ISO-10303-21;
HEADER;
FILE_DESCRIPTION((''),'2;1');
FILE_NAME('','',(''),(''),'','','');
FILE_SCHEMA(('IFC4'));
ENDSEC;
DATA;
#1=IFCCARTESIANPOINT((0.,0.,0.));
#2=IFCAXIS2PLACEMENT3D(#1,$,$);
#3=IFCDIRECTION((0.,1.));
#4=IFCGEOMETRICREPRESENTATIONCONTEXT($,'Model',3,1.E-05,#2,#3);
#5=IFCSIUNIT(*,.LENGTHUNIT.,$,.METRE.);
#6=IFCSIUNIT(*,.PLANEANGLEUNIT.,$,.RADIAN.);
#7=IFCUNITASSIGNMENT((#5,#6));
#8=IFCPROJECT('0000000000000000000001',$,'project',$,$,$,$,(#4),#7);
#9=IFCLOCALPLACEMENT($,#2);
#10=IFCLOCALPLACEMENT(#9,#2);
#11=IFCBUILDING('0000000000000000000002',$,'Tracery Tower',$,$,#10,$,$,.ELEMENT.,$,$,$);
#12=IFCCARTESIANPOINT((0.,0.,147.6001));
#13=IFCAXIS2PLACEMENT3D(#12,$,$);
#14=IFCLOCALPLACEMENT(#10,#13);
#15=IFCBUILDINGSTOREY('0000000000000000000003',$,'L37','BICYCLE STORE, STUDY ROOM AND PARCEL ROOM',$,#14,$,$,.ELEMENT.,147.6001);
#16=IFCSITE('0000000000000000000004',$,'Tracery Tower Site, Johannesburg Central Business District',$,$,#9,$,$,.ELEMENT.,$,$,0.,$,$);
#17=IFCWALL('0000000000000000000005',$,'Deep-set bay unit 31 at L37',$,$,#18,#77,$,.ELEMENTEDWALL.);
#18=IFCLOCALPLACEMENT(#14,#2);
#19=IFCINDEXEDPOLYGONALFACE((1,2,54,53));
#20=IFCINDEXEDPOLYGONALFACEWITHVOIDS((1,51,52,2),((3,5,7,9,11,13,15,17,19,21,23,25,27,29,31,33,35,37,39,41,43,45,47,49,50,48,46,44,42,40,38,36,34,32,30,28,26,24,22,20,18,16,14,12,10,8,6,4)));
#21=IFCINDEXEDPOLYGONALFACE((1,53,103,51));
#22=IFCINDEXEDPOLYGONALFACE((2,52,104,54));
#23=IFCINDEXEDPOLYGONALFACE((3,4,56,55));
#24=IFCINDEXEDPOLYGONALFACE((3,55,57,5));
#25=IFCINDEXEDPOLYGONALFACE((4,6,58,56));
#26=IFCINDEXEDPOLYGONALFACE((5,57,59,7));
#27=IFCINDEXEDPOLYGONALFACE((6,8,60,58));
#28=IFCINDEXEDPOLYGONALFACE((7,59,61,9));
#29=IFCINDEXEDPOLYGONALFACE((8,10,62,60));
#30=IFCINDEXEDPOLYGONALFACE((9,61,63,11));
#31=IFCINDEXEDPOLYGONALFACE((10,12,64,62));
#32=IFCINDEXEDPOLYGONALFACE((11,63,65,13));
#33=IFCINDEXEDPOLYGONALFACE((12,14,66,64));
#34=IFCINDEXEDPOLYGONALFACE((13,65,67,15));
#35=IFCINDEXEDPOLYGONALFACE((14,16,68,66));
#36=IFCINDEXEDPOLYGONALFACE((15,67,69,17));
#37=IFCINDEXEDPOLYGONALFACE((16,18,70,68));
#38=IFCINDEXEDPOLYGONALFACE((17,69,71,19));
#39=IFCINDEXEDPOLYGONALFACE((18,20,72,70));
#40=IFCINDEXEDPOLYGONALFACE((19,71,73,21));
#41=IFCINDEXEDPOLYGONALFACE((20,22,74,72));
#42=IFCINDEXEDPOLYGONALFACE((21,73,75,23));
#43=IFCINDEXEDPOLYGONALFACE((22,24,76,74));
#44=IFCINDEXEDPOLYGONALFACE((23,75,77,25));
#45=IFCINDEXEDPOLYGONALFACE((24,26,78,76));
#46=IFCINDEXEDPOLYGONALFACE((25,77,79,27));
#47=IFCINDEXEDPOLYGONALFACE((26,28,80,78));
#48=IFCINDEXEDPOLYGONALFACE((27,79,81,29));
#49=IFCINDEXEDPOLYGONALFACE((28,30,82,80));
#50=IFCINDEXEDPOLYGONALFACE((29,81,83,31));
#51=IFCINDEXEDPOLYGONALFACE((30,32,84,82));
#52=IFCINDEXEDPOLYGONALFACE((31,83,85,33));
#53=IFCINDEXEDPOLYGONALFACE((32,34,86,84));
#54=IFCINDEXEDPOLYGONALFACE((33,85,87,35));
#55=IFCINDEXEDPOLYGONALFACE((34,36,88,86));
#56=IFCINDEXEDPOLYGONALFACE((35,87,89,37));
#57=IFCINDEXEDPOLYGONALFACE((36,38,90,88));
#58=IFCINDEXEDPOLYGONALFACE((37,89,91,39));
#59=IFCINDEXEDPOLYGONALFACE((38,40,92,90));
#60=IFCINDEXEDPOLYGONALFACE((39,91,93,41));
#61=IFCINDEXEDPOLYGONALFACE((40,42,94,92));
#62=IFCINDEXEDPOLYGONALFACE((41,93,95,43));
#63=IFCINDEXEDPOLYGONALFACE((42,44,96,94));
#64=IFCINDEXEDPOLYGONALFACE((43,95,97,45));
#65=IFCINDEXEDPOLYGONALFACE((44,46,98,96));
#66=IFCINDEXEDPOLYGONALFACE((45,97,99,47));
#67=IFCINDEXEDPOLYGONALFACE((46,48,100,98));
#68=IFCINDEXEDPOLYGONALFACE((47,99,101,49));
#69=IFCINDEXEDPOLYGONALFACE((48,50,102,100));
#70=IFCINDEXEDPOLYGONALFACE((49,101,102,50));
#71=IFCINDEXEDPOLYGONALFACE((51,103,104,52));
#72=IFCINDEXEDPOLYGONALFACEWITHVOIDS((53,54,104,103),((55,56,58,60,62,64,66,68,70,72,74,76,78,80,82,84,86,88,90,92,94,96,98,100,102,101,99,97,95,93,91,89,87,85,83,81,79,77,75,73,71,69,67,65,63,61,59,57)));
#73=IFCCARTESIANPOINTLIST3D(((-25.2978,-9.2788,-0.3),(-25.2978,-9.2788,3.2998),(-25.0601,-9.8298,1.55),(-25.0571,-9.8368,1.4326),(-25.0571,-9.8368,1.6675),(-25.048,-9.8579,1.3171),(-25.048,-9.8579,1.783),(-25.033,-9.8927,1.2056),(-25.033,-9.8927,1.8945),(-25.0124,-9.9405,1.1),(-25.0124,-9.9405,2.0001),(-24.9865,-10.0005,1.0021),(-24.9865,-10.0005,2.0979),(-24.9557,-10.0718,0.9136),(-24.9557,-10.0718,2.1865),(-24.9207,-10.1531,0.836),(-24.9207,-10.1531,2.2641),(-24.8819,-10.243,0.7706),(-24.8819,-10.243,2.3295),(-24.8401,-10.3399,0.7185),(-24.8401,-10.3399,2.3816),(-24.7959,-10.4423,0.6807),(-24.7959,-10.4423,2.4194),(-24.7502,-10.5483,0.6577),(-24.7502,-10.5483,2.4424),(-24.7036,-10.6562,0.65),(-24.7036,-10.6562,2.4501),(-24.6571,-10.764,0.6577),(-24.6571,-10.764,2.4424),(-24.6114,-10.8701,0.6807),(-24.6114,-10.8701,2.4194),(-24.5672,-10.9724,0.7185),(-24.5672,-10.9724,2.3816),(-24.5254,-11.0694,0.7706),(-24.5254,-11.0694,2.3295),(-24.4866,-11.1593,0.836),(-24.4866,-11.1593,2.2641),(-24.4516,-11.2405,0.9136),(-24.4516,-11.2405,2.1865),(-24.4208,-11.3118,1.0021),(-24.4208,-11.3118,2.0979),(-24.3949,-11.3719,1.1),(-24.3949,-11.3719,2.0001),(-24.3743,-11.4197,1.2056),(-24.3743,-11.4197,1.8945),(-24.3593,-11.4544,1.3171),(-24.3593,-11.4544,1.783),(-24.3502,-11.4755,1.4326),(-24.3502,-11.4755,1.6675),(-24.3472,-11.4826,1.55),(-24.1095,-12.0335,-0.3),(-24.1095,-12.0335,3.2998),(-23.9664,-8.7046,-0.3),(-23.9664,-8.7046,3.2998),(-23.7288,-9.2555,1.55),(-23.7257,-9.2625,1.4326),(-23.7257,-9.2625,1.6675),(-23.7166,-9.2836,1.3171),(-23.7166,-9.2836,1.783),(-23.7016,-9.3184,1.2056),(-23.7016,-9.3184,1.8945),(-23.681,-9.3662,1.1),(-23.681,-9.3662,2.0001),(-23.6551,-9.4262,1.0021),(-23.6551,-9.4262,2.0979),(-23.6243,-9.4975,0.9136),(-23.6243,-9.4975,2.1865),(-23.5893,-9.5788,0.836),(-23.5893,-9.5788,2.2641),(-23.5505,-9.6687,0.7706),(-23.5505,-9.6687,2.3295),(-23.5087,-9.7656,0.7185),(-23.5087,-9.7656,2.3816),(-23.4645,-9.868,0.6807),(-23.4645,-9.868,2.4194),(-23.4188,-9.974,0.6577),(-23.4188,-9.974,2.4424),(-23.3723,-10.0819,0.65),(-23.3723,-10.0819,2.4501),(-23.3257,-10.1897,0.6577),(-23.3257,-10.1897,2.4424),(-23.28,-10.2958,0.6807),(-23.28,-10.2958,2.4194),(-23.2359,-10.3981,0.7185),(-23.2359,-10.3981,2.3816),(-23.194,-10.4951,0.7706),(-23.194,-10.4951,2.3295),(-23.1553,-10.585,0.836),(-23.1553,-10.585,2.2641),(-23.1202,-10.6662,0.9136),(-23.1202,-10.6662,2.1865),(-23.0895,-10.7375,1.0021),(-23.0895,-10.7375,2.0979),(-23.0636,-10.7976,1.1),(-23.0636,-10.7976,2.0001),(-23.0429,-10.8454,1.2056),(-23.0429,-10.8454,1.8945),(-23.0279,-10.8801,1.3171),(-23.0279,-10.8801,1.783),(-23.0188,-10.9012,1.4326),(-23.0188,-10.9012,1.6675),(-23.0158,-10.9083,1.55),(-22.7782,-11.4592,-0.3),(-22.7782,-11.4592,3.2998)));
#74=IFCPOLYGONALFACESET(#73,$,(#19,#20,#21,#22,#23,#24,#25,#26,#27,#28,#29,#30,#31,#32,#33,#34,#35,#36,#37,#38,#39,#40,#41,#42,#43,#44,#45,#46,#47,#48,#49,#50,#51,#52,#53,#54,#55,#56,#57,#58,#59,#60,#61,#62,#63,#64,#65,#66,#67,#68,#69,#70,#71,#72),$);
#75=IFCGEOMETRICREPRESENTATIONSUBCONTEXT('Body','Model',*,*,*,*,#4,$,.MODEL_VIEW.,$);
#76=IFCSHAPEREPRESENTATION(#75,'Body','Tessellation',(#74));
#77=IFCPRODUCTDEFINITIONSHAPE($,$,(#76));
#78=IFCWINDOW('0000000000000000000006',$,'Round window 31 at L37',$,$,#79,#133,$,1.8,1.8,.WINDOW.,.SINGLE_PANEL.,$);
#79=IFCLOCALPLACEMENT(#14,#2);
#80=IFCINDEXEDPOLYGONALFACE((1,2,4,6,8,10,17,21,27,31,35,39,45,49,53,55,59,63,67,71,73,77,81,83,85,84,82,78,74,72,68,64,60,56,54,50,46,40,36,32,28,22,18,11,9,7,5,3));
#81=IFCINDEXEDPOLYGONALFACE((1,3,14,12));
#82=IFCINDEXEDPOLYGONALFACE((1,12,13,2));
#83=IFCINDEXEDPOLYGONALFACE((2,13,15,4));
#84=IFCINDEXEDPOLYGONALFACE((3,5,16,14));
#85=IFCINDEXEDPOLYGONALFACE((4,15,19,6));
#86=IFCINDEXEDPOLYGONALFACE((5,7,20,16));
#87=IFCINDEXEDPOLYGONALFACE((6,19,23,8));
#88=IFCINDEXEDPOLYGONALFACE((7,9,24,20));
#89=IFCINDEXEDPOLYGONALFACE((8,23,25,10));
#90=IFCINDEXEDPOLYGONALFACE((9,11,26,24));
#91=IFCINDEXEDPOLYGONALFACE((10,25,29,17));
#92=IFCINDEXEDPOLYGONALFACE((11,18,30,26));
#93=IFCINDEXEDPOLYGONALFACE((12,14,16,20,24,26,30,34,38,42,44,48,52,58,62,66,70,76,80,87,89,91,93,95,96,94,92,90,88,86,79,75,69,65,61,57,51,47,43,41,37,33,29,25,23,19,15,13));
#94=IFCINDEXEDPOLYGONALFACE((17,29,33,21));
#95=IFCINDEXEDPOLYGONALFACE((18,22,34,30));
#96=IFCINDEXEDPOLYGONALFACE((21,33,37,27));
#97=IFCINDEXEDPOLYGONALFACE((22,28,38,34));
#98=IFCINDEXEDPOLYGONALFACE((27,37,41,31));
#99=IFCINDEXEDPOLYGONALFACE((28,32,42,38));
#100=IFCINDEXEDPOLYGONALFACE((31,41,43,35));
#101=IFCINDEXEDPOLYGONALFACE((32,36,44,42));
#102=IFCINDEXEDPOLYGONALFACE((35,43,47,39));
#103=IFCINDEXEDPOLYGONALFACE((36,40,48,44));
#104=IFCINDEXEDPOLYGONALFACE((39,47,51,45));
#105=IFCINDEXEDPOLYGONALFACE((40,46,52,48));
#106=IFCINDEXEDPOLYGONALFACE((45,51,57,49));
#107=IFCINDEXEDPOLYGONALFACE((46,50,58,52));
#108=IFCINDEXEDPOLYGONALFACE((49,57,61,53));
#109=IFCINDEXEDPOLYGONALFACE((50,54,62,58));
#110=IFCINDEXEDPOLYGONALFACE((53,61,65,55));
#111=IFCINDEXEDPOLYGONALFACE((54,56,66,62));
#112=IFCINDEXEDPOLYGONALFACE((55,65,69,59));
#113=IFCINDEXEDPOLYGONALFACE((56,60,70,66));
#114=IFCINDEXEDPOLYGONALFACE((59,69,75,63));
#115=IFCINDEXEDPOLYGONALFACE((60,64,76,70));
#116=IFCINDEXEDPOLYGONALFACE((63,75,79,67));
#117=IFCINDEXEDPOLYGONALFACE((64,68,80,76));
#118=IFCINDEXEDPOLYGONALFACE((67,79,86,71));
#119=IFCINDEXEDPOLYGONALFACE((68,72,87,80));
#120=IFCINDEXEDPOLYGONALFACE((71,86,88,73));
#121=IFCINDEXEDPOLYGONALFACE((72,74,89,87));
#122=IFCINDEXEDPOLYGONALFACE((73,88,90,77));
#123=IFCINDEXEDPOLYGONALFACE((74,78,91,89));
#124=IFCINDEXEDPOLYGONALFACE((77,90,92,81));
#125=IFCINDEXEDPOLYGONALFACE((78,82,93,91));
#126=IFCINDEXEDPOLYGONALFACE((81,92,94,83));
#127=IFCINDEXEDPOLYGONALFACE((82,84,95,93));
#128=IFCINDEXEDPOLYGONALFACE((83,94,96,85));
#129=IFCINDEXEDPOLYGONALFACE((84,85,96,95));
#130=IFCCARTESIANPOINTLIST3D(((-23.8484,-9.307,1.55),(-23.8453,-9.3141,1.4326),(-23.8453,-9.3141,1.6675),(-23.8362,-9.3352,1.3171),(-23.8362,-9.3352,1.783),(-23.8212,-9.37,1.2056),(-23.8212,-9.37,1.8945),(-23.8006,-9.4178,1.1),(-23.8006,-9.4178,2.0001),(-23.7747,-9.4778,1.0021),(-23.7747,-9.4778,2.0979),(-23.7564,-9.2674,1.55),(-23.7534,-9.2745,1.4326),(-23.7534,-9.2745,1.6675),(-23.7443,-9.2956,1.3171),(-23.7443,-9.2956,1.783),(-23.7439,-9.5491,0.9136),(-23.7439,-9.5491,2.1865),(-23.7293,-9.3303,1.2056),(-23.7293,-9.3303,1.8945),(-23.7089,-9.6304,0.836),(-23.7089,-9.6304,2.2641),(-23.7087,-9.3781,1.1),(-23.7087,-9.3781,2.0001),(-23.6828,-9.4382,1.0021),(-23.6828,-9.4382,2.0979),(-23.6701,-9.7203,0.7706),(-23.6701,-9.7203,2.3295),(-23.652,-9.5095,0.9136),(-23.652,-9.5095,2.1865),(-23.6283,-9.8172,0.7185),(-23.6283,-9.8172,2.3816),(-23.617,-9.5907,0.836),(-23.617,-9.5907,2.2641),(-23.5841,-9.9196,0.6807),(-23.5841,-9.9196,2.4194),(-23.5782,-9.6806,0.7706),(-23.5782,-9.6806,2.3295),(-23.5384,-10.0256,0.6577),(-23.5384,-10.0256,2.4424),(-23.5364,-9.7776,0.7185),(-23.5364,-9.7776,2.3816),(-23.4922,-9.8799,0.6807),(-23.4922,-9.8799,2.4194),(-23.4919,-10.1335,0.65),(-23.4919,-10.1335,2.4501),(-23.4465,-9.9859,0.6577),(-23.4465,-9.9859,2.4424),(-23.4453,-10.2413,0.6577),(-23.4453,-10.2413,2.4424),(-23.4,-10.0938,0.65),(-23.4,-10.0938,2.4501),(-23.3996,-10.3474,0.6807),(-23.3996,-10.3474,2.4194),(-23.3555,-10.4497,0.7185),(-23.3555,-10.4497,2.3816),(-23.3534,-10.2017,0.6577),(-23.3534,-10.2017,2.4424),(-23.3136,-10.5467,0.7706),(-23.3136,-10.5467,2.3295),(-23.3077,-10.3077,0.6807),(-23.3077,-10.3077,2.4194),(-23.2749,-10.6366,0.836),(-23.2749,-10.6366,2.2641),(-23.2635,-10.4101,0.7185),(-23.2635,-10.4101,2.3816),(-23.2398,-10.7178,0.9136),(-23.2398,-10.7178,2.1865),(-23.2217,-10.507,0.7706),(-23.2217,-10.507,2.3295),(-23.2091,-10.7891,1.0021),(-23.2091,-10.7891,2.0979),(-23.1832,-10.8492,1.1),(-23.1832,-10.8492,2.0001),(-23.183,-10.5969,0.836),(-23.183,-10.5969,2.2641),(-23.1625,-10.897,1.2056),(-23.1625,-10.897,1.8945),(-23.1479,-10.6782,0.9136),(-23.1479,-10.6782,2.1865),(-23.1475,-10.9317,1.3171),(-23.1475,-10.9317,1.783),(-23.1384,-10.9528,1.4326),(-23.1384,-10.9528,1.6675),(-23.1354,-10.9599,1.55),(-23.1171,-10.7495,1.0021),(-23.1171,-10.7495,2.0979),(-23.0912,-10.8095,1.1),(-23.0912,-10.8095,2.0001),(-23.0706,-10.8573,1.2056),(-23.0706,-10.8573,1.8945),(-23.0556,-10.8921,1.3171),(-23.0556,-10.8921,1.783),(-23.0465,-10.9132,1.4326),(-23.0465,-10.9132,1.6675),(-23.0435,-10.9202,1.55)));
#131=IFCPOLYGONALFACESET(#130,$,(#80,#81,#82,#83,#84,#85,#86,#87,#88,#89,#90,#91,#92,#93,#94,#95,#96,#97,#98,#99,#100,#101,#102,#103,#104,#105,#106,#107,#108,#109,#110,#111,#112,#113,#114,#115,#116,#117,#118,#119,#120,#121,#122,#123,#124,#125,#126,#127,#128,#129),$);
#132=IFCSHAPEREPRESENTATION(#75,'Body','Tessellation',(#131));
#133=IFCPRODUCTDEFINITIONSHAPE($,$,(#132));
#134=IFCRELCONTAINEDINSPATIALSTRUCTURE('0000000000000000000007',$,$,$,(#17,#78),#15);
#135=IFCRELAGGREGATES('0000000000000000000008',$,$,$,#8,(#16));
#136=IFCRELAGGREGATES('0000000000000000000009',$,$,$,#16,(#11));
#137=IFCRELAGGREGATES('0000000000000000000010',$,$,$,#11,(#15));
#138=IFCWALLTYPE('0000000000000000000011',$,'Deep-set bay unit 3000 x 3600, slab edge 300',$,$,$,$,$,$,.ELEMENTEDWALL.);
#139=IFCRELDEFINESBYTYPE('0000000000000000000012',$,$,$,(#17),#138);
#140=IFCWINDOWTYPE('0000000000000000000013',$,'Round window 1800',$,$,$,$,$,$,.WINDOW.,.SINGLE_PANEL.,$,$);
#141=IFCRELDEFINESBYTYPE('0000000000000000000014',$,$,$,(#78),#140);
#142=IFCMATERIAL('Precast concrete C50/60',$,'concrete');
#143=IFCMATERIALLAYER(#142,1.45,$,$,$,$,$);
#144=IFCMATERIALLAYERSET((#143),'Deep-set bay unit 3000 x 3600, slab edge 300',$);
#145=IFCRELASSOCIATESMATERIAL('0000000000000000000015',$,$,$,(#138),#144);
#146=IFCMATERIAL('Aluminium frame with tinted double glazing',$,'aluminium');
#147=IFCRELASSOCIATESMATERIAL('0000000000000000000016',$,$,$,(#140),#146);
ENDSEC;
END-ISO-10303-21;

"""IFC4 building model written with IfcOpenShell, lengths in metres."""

from ifc_helpers import new_model, si_unit, direction, frame, frame_2d, origin, origin_2d, place, context, subcontext, project, spatial, rectangle, circle, extrude, material, layer, layer_set, type_object, element, fill, save


model = new_model("IFC4")

# Units and contexts
model_context = context("Model", 3, precision=1e-05, world=origin(), true_north=direction((0.0, 1.0)))
body_context = subcontext(model_context, "Body", "Model", "MODEL_VIEW")
ifc_project = project(units=[si_unit("LENGTHUNIT", "METRE"), si_unit("PLANEANGLEUNIT", "RADIAN")], contexts=[model_context])

# Site, building, storey
site_placement = place(None, origin())
site = spatial("IfcSite", under=ifc_project, at=site_placement, Name="Tracery Tower Site, Johannesburg Central Business District", CompositionType="ELEMENT", RefElevation=0.0)
building_placement = place(site_placement, origin())
building = spatial("IfcBuilding", under=site, at=building_placement, Name="Tracery Tower", CompositionType="ELEMENT")
storey_placement = place(building_placement, frame((0.0, 0.0, 147.6001)))
storey = spatial("IfcBuildingStorey", under=building, at=storey_placement, Name="L37", Description="BICYCLE STORE, STUDY ROOM AND PARCEL ROOM", CompositionType="ELEMENT", Elevation=147.6001)

# Wall, opening, window
ifc_material_1 = material(Name="Precast concrete C50/60", Category="concrete")
ifc_layer_1 = layer(ifc_material_1, 1.45)
ifc_layer_set_1 = layer_set([ifc_layer_1], Name="Deep-set bay unit 3000 x 3600, slab edge 300")
wall_type_1 = type_object("IfcWallType", Name="Deep-set bay unit 3000 x 3600, slab edge 300", PredefinedType="ELEMENTEDWALL", material=ifc_layer_set_1)
wall_1_placement = place(storey_placement, frame((-24.6321, -8.9917, -0.3), z_axis=(0.0, 0.0, 1.0), x_axis=(0.396079, -0.918216, 0.0)))
wall_1 = element("IfcWall", 1, at=wall_1_placement, inside=storey, type_object=wall_type_1, Name="Deep-set bay unit 31 at L37", PredefinedType="ELEMENTEDWALL", context=body_context, shape_type="SweptSolid", body=[
    extrude(rectangle(XDim=3.0, YDim=1.45, at=frame_2d((1.5, 0.0))), origin(), (0.0, 0.0, 1.0), 3.5999),
])
opening_1_placement = place(wall_1_placement, frame((1.5, 0.0, 1.8501)))
opening_1 = element("IfcOpeningElement", 2, at=opening_1_placement, cuts=wall_1, PredefinedType="OPENING", context=body_context, shape_type="SweptSolid", body=[
    extrude(circle(Radius=0.9, at=origin_2d()), frame((0.0, 0.7349, 0.0), z_axis=(0.0, -1.0, 0.0), x_axis=(1.0, 0.0, 0.0)), (0.0, 0.0, 1.0), 1.47),
])
ifc_material_2 = material(Name="Aluminium frame with tinted double glazing", Category="aluminium")
window_type = type_object("IfcWindowType", Name="Round window 1800", PartitioningType="SINGLE_PANEL", PredefinedType="WINDOW", material=ifc_material_2)
window_1_placement = place(opening_1_placement, origin())
window_1 = element("IfcWindow", 3, at=window_1_placement, inside=storey, type_object=window_type, Name="Round window 31 at L37", OverallHeight=1.8, OverallWidth=1.8, PartitioningType="SINGLE_PANEL", PredefinedType="WINDOW", context=body_context, shape_type="SweptSolid", body=[
    extrude(circle(Radius=0.9, at=origin_2d()), frame((0.0, 0.6948, 0.0), z_axis=(0.0, -1.0, 0.0), x_axis=(1.0, 0.0, 0.0)), (0.0, 0.0, 1.0), 0.1001),
])
fill(opening_1, window_1)

save(model, "model.ifc")
